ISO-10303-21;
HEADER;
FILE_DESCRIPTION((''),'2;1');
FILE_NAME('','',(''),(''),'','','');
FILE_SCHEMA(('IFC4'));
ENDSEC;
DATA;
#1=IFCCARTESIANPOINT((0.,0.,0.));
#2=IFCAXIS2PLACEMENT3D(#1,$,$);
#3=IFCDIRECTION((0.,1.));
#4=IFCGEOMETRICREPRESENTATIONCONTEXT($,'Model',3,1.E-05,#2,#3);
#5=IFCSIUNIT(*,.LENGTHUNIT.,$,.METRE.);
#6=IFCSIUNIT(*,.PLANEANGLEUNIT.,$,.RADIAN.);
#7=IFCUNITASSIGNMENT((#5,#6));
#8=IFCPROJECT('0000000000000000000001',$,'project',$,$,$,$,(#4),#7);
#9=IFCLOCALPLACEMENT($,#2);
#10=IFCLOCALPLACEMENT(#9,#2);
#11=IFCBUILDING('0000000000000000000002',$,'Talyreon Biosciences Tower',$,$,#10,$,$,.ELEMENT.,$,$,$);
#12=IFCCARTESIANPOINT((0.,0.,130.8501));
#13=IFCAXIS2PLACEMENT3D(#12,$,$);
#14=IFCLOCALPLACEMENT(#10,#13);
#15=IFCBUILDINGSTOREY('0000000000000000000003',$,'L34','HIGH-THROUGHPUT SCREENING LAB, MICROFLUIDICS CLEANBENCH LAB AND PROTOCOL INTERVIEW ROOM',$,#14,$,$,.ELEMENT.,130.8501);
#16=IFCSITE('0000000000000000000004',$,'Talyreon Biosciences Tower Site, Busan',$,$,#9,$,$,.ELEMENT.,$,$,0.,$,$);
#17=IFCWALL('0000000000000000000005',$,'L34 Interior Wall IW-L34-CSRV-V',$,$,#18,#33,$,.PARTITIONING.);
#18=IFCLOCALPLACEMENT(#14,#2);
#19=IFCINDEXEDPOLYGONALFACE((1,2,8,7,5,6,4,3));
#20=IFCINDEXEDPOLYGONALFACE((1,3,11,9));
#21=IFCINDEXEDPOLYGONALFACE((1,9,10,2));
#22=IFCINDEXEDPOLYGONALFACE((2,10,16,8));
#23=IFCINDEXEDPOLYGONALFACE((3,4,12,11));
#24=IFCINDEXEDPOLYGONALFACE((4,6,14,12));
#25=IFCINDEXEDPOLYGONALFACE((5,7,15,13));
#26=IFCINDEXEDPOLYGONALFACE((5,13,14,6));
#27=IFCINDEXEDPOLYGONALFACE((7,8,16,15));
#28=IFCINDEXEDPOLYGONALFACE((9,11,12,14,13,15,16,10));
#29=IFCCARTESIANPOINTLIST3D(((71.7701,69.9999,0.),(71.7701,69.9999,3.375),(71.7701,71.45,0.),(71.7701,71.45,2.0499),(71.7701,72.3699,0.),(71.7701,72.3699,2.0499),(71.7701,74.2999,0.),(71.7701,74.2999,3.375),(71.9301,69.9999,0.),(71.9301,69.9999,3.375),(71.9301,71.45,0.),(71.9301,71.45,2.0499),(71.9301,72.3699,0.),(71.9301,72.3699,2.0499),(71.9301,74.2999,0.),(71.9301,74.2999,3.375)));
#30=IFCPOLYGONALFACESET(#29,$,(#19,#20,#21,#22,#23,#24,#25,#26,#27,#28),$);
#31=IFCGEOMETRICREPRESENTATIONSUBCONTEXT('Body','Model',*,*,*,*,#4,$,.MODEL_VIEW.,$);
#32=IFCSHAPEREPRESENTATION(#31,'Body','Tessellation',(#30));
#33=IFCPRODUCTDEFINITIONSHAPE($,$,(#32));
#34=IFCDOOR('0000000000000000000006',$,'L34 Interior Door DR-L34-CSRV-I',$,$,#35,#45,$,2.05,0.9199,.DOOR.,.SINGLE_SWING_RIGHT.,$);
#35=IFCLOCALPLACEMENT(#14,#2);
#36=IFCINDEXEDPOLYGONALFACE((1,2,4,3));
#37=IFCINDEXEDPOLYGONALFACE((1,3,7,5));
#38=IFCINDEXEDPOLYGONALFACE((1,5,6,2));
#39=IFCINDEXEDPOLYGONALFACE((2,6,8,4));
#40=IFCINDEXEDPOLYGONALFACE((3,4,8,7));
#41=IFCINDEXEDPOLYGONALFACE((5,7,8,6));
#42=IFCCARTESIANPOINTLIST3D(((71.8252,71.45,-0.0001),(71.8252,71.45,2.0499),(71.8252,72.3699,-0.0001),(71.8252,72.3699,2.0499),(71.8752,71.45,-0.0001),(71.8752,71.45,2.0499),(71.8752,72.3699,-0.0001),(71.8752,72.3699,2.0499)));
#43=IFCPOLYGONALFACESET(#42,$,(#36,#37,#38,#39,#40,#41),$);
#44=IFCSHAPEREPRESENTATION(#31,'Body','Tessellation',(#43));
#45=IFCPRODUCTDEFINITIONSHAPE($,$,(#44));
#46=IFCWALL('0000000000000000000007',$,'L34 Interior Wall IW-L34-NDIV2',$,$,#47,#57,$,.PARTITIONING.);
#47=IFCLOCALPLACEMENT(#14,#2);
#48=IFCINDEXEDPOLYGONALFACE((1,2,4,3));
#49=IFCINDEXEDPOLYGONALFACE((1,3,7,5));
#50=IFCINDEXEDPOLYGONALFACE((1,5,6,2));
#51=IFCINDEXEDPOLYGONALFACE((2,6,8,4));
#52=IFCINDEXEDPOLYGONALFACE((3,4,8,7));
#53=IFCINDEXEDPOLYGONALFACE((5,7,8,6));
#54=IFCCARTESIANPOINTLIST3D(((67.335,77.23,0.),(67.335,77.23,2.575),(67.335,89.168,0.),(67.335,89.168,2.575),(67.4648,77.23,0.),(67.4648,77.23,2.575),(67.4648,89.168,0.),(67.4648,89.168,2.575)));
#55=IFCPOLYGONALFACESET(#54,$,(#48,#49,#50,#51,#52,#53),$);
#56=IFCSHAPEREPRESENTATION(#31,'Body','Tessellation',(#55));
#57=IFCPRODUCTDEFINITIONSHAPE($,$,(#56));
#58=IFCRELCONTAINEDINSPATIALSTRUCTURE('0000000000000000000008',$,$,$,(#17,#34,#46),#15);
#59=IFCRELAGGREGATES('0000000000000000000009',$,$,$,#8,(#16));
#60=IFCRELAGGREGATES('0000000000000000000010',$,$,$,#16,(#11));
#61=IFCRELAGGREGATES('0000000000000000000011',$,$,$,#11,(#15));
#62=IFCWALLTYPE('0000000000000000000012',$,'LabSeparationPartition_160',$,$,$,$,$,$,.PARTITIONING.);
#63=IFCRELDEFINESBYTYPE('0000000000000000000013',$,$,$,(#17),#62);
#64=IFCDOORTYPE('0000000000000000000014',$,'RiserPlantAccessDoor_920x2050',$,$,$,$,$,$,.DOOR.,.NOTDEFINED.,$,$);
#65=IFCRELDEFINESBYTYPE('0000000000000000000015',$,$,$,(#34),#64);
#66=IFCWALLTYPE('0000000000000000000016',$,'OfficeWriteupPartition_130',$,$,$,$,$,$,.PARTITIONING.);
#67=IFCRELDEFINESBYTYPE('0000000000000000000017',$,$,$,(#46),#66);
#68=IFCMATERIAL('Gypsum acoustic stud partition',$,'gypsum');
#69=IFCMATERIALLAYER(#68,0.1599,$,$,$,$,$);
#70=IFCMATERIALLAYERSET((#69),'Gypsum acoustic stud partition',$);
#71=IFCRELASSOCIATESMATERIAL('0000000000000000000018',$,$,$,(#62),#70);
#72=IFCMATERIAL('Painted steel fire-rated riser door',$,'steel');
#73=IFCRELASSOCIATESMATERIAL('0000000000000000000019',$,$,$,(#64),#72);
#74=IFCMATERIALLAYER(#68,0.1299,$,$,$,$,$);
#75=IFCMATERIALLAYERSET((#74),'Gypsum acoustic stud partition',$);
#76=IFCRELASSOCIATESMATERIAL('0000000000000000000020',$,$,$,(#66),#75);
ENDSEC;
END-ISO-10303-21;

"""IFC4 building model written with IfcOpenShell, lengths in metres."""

from ifc_helpers import new_model, si_unit, direction, frame, frame_2d, origin, place, context, subcontext, project, spatial, rectangle, extrude, material, layer, layer_set, type_object, element, fill, save


model = new_model("IFC4")

# Units and contexts
model_context = context("Model", 3, precision=1e-05, world=origin(), true_north=direction((0.0, 1.0)))
body_context = subcontext(model_context, "Body", "Model", "MODEL_VIEW")
ifc_project = project(units=[si_unit("LENGTHUNIT", "METRE"), si_unit("PLANEANGLEUNIT", "RADIAN")], contexts=[model_context])

# Site, building, storey
site_placement = place(None, origin())
site = spatial("IfcSite", under=ifc_project, at=site_placement, Name="Talyreon Biosciences Tower Site, Busan", CompositionType="ELEMENT", RefElevation=0.0)
building_placement = place(site_placement, origin())
building = spatial("IfcBuilding", under=site, at=building_placement, Name="Talyreon Biosciences Tower", CompositionType="ELEMENT")
storey_placement = place(building_placement, frame((0.0, 0.0, 130.8501)))
storey = spatial("IfcBuildingStorey", under=building, at=storey_placement, Name="L34", Description="HIGH-THROUGHPUT SCREENING LAB, MICROFLUIDICS CLEANBENCH LAB AND PROTOCOL INTERVIEW ROOM", CompositionType="ELEMENT", Elevation=130.8501)

# Wall, opening, door
ifc_material_1 = material(Name="Gypsum acoustic stud partition", Category="gypsum")
ifc_layer_1 = layer(ifc_material_1, 0.1599)
ifc_layer_set_1 = layer_set([ifc_layer_1], Name="Gypsum acoustic stud partition")
wall_type_1 = type_object("IfcWallType", Name="LabSeparationPartition_160", PredefinedType="PARTITIONING", material=ifc_layer_set_1)
wall_1_placement = place(storey_placement, frame((71.8501, 70.0, 0.0), z_axis=(0.0, 0.0, 1.0), x_axis=(0.0, 1.0, 0.0)))
wall_1 = element("IfcWall", 1, at=wall_1_placement, inside=storey, type_object=wall_type_1, Name="L34 Interior Wall IW-L34-CSRV-V", PredefinedType="PARTITIONING", context=body_context, shape_type="SweptSolid", body=[
    extrude(rectangle(XDim=4.3, YDim=0.1599, at=frame_2d((2.1499, 0.0))), origin(), (0.0, 0.0, 1.0), 3.375),
])
opening_1_placement = place(wall_1_placement, frame((1.45, 0.0, 0.0)))
opening_1 = element("IfcOpeningElement", 2, at=opening_1_placement, cuts=wall_1, PredefinedType="OPENING", context=body_context, shape_type="SweptSolid", body=[
    extrude(rectangle(XDim=0.9199, YDim=2.05, at=frame_2d((0.46, 1.0249))), frame((0.0, 0.0898, 0.0), z_axis=(0.0, -1.0, 0.0), x_axis=(1.0, 0.0, 0.0)), (0.0, 0.0, 1.0), 0.1799),
])
ifc_material_2 = material(Name="Painted steel fire-rated riser door", Category="steel")
door_type_1 = type_object("IfcDoorType", Name="RiserPlantAccessDoor_920x2050", OperationType="NOTDEFINED", PredefinedType="DOOR", material=ifc_material_2)
door_1_placement = place(opening_1_placement, origin())
door_1 = element("IfcDoor", 3, at=door_1_placement, inside=storey, type_object=door_type_1, Name="L34 Interior Door DR-L34-CSRV-I", OperationType="SINGLE_SWING_RIGHT", OverallHeight=2.05, OverallWidth=0.9199, PredefinedType="DOOR", context=body_context, shape_type="SweptSolid", body=[
    extrude(rectangle(XDim=0.9199, YDim=2.05, at=frame_2d((0.46, 1.0249))), frame((0.0, 0.0249, 0.0), z_axis=(0.0, -1.0, 0.0), x_axis=(1.0, 0.0, 0.0)), (0.0, 0.0, 1.0), 0.05),
])
fill(opening_1, door_1)

# Wall
ifc_layer_2 = layer(ifc_material_1, 0.1299)
ifc_layer_set_2 = layer_set([ifc_layer_2], Name="Gypsum acoustic stud partition")
wall_type_2 = type_object("IfcWallType", Name="OfficeWriteupPartition_130", PredefinedType="PARTITIONING", material=ifc_layer_set_2)
wall_2_placement = place(storey_placement, frame((67.3999, 77.23, 0.0), z_axis=(0.0, 0.0, 1.0), x_axis=(0.0, 1.0, 0.0)))
element("IfcWall", 4, at=wall_2_placement, inside=storey, type_object=wall_type_2, Name="L34 Interior Wall IW-L34-NDIV2", PredefinedType="PARTITIONING", context=body_context, shape_type="SweptSolid", body=[
    extrude(rectangle(XDim=11.938, YDim=0.1299, at=frame_2d((5.969, 0.0))), origin(), (0.0, 0.0, 1.0), 2.575),
])

save(model, "model.ifc")
